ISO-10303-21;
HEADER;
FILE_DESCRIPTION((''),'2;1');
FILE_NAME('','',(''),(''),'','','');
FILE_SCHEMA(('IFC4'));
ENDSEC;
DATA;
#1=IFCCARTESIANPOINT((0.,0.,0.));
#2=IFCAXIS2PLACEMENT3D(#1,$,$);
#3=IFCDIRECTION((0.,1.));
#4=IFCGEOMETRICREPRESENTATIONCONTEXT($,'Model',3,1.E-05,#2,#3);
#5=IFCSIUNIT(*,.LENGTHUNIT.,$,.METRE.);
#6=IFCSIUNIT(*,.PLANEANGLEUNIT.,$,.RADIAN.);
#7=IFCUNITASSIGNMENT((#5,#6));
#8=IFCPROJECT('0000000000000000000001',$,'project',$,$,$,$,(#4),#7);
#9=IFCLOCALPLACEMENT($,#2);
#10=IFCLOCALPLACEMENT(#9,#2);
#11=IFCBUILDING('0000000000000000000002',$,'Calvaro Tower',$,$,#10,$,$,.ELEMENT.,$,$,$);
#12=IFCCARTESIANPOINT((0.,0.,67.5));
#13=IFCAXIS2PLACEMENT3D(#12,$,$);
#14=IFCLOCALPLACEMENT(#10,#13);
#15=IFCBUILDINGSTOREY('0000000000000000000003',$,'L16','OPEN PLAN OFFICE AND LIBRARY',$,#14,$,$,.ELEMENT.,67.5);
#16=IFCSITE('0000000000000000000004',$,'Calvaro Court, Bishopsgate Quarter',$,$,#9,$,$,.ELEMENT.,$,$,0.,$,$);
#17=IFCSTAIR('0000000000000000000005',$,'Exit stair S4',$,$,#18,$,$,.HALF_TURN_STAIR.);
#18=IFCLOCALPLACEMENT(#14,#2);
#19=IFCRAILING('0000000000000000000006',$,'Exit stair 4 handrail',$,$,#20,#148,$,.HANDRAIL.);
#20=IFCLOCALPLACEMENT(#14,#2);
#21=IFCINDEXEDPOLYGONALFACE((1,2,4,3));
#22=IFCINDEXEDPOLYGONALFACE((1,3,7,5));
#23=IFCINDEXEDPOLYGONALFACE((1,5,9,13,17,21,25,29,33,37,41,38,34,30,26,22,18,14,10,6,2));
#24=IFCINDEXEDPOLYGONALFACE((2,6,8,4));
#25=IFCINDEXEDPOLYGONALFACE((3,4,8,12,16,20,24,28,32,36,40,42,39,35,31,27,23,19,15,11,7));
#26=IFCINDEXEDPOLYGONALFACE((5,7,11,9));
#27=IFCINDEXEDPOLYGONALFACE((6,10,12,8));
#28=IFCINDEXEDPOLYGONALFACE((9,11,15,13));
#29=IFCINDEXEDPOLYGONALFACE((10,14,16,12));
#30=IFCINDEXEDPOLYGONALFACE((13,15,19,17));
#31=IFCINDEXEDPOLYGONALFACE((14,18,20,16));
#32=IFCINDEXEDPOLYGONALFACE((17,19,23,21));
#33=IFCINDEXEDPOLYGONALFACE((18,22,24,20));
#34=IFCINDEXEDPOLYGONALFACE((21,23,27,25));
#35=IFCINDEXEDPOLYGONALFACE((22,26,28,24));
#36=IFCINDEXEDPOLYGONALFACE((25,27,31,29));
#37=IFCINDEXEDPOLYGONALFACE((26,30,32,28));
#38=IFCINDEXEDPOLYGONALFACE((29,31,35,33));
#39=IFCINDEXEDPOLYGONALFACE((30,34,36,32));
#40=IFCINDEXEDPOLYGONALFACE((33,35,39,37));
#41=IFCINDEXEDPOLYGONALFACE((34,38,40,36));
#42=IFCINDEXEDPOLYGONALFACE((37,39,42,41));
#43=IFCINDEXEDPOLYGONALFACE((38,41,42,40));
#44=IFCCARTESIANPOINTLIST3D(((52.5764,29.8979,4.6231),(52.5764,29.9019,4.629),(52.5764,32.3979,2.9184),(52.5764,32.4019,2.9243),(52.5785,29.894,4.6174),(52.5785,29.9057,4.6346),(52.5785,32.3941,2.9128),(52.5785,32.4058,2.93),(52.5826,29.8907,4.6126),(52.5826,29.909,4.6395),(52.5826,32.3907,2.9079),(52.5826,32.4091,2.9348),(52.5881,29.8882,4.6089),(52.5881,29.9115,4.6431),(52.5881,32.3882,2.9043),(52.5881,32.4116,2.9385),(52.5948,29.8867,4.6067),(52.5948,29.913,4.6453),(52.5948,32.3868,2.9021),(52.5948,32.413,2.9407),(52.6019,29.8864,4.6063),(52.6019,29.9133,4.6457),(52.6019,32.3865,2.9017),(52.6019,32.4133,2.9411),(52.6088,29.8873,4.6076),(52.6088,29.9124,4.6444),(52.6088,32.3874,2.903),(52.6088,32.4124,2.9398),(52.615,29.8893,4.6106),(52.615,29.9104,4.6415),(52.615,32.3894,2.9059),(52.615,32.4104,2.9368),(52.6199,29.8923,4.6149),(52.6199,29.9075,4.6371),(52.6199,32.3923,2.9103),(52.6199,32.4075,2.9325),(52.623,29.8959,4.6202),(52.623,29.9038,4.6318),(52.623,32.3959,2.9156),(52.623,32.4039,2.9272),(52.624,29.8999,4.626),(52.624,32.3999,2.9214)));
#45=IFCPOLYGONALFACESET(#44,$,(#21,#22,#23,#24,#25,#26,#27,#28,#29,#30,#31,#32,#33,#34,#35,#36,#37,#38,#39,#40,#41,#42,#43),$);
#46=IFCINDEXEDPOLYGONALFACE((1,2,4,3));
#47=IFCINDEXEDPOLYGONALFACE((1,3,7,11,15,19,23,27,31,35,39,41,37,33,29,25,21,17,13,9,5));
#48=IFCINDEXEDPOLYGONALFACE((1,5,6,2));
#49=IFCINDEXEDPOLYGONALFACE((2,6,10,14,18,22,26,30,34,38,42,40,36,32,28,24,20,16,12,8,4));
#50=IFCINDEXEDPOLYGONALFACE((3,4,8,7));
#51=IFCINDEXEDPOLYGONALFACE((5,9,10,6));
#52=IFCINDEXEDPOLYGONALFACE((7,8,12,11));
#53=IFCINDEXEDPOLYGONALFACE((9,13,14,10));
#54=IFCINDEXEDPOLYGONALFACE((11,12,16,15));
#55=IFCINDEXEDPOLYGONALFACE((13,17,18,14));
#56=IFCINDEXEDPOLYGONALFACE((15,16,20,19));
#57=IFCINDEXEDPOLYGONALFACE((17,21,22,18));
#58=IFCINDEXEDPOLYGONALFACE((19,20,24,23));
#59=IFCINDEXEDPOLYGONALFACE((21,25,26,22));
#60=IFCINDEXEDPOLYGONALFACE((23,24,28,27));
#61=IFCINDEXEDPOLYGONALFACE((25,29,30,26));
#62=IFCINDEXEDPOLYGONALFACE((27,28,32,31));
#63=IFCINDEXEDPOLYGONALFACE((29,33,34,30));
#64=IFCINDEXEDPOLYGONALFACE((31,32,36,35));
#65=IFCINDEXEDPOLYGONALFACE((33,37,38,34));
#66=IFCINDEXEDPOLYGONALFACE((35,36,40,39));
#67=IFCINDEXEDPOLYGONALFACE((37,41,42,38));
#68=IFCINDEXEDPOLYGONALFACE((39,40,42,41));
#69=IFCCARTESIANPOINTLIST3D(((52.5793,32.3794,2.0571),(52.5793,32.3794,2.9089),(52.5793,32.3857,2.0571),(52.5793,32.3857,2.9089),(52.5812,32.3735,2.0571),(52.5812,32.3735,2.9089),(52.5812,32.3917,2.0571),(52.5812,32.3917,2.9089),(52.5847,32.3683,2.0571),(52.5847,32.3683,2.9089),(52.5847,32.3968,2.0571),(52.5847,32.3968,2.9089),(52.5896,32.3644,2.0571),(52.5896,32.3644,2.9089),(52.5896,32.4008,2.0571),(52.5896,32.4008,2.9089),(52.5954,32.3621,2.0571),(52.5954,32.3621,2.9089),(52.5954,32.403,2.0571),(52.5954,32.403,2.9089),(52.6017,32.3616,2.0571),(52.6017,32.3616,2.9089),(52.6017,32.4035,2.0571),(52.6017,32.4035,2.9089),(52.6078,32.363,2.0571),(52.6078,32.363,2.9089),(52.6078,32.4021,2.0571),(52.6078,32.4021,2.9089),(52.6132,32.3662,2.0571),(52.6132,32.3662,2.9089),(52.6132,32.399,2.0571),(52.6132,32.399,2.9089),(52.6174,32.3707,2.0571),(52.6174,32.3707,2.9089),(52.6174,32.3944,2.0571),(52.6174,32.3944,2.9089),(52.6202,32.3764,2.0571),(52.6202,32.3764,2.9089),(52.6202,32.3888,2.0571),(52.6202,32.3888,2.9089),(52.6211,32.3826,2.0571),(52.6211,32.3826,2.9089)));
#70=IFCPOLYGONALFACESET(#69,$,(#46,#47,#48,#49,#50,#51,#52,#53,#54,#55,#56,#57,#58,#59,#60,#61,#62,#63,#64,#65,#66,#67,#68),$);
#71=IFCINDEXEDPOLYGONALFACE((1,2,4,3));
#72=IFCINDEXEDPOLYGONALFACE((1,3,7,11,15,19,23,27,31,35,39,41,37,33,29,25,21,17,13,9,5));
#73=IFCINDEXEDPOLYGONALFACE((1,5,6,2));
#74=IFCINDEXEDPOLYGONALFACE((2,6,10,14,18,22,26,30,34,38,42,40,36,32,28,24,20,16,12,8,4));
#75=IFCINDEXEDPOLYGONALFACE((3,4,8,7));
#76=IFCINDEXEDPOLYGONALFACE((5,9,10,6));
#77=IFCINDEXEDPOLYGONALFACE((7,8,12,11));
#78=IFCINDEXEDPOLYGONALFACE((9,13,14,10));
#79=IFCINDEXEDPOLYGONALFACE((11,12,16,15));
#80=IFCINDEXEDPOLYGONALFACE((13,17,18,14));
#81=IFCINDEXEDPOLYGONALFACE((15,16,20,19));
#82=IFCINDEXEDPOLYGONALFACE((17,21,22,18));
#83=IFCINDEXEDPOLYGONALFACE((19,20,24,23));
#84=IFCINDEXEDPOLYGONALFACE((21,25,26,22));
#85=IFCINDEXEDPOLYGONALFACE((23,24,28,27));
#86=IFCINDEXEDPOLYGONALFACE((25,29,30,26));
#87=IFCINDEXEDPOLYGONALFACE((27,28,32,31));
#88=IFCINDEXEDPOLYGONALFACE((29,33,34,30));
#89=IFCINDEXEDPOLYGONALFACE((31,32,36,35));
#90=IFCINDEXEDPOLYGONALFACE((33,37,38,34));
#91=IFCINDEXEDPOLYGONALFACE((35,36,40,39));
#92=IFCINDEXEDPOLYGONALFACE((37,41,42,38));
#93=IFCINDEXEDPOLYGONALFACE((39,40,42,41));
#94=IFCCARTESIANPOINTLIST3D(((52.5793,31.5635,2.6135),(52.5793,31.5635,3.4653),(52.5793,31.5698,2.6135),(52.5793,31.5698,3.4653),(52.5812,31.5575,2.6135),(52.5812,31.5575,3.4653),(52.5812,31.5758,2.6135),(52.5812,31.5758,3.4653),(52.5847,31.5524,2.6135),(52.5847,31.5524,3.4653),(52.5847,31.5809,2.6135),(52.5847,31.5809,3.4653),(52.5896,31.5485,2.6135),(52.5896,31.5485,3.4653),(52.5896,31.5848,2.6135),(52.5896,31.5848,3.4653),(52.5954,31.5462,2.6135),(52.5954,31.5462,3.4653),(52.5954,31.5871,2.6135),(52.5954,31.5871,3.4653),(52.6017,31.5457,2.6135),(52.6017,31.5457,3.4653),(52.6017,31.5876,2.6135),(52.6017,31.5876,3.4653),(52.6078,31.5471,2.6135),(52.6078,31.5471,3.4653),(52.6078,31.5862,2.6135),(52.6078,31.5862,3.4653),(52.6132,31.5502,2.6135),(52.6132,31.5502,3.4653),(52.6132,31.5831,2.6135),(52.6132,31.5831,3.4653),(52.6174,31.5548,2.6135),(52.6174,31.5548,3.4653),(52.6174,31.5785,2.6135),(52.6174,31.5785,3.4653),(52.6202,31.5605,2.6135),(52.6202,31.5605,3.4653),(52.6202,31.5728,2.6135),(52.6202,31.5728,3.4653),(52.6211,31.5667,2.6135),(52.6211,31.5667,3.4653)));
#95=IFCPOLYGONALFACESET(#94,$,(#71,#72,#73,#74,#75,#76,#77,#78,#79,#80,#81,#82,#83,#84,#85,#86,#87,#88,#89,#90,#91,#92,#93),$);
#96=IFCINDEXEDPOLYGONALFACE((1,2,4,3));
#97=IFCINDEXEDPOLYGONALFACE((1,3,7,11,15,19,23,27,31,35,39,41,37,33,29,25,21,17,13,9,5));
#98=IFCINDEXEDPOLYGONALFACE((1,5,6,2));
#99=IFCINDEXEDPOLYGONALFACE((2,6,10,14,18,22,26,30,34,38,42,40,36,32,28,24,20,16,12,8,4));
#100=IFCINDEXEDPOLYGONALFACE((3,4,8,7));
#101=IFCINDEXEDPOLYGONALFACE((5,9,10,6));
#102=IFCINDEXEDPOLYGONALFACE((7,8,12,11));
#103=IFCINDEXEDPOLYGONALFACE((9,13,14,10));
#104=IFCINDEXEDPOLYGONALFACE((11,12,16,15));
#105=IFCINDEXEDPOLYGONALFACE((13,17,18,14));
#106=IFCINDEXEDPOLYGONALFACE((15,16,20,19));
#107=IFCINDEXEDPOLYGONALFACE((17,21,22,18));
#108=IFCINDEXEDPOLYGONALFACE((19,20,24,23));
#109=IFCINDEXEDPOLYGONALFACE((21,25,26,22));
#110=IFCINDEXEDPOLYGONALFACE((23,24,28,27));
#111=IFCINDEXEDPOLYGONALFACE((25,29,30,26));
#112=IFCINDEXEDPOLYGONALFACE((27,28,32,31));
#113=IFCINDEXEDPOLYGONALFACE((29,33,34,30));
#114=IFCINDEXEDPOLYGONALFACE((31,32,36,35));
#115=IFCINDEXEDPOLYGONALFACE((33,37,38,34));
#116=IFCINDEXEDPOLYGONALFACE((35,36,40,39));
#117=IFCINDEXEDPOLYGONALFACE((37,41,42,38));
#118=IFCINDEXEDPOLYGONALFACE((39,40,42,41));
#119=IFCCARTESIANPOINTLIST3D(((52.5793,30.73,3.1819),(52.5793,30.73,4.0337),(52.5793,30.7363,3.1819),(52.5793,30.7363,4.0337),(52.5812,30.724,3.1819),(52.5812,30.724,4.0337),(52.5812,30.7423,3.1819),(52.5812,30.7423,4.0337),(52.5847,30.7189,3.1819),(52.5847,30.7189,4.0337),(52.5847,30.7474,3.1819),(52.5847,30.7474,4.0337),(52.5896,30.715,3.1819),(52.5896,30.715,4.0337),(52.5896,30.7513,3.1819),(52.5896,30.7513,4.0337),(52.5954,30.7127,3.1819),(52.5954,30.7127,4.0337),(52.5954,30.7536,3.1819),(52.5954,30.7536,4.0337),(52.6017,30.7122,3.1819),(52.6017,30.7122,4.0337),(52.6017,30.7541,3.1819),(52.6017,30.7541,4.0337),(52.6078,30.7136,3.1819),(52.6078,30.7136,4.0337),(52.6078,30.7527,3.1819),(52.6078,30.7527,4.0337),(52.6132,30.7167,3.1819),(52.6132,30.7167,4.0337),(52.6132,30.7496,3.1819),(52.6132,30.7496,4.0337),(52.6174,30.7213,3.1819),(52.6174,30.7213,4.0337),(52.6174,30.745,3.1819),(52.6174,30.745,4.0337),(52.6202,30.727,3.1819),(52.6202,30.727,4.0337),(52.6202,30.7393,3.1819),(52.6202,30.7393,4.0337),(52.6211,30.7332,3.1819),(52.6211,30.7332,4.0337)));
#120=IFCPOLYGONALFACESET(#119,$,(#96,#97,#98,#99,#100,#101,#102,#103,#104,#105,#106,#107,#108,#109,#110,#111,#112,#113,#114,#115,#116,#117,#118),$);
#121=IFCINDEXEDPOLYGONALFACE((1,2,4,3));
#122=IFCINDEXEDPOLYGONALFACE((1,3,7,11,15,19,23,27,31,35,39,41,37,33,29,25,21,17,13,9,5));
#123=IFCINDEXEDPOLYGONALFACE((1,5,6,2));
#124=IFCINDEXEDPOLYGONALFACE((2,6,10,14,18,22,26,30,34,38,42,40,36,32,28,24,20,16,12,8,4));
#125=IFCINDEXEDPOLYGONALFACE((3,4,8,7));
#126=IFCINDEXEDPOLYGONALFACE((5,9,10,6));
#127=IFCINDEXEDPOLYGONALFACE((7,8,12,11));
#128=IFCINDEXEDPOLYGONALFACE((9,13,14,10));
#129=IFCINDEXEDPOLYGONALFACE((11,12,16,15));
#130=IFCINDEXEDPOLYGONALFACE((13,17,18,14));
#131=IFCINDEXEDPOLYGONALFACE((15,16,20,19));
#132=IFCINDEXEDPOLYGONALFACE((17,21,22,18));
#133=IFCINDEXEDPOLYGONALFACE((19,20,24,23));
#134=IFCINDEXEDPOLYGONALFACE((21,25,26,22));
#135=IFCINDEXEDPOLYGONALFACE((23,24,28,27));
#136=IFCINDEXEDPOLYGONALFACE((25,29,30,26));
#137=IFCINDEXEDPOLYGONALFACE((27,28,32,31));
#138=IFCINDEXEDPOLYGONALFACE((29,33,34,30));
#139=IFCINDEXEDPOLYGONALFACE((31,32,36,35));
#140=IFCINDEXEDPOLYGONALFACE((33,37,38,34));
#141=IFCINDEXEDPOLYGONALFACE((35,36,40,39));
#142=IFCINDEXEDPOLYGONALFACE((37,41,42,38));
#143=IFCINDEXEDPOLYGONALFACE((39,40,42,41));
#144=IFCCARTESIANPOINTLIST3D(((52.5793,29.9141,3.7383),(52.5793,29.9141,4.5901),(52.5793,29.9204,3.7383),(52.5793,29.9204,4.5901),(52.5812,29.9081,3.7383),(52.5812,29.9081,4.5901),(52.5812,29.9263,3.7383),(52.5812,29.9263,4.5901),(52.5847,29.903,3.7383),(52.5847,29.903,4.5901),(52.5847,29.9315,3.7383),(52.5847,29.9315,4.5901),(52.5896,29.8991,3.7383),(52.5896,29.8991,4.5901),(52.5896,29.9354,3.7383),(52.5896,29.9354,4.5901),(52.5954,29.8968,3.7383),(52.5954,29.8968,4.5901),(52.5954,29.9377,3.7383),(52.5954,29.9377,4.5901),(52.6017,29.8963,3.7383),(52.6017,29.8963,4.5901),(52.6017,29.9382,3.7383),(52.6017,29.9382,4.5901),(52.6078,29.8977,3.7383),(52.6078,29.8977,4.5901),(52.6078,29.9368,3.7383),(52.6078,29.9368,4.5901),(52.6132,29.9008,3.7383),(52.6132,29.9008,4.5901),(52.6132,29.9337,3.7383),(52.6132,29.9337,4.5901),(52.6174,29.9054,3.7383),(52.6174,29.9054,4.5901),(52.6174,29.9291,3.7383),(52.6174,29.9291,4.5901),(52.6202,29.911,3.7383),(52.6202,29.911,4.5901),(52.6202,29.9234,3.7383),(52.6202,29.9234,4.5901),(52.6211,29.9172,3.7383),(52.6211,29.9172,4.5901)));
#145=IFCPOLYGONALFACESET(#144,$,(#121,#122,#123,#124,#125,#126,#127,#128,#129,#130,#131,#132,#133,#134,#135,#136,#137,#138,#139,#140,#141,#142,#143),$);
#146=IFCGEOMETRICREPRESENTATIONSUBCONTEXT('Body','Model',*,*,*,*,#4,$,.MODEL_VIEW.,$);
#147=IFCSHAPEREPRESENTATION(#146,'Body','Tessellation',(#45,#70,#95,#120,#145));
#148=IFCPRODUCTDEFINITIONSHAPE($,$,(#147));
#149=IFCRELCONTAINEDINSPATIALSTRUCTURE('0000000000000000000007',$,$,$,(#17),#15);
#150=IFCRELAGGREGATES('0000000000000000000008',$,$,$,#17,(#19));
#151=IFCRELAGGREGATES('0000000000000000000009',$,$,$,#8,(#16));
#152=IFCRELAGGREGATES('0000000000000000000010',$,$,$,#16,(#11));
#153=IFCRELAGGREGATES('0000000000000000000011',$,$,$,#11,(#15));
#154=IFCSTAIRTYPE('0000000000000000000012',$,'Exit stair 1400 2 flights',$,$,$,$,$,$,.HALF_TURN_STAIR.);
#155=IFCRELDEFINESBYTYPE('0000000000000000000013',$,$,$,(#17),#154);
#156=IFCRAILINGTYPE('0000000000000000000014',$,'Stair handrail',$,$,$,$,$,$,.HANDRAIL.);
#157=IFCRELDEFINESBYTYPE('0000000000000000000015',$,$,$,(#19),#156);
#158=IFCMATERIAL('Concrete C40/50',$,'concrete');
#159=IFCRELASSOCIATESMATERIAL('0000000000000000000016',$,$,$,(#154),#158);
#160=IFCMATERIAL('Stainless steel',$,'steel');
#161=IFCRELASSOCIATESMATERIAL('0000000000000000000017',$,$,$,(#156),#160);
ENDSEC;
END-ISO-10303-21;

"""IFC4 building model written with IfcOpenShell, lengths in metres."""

from ifc_helpers import new_model, si_unit, direction, frame, origin, origin_2d, place, context, subcontext, project, spatial, circle, extrude, material, type_object, element, aggregate, save


model = new_model("IFC4")

# Units and contexts
model_context = context("Model", 3, precision=1e-05, world=origin(), true_north=direction((0.0, 1.0)))
body_context = subcontext(model_context, "Body", "Model", "MODEL_VIEW")
ifc_project = project(units=[si_unit("LENGTHUNIT", "METRE"), si_unit("PLANEANGLEUNIT", "RADIAN")], contexts=[model_context])

# Site, building, storey
site_placement = place(None, origin())
site = spatial("IfcSite", under=ifc_project, at=site_placement, Name="Calvaro Court, Bishopsgate Quarter", CompositionType="ELEMENT", RefElevation=0.0)
building_placement = place(site_placement, origin())
building = spatial("IfcBuilding", under=site, at=building_placement, Name="Calvaro Tower", CompositionType="ELEMENT")
storey_placement = place(building_placement, frame((0.0, 0.0, 67.5)))
storey = spatial("IfcBuildingStorey", under=building, at=storey_placement, Name="L16", Description="OPEN PLAN OFFICE AND LIBRARY", CompositionType="ELEMENT", Elevation=67.5)

# Stair
ifc_material_1 = material(Name="Concrete C40/50", Category="concrete")
stair_type = type_object("IfcStairType", Name="Exit stair 1400 2 flights", PredefinedType="HALF_TURN_STAIR", material=ifc_material_1)
stair_1_placement = place(storey_placement, origin())
stair_1 = element("IfcStair", 1, at=stair_1_placement, inside=storey, type_object=stair_type, Name="Exit stair S4", PredefinedType="HALF_TURN_STAIR")

# Railing
ifc_material_2 = material(Name="Stainless steel", Category="steel")
railing_type = type_object("IfcRailingType", Name="Stair handrail", PredefinedType="HANDRAIL", material=ifc_material_2)
railing_1_placement = place(storey_placement, frame((52.6001, 32.3999, 2.0454)))
railing_1 = element("IfcRailing", 2, at=railing_1_placement, type_object=railing_type, Name="Exit stair 4 handrail", PredefinedType="HANDRAIL", context=body_context, shape_type="SweptSolid", body=[
    extrude(circle(Radius=0.0239, at=origin_2d()), frame((0.0, 0.0, 0.876), z_axis=(0.0, -0.826221, 0.563347), x_axis=(1.0, 0.0, 0.0)), (0.0, 0.0, 1.0), 3.0259),
    extrude(circle(Radius=0.021, at=origin_2d()), frame((0.0, -0.0173, 0.0117)), (0.0, 0.0, 1.0), 0.8518),
    extrude(circle(Radius=0.021, at=origin_2d()), frame((0.0, -0.8333, 0.5681)), (0.0, 0.0, 1.0), 0.8518),
    extrude(circle(Radius=0.021, at=origin_2d()), frame((0.0, -1.6667, 1.1365)), (0.0, 0.0, 1.0), 0.8518),
    extrude(circle(Radius=0.021, at=origin_2d()), frame((0.0, -2.4827, 1.6929)), (0.0, 0.0, 1.0), 0.8518),
])
aggregate(stair_1, [railing_1])

save(model, "model.ifc")
